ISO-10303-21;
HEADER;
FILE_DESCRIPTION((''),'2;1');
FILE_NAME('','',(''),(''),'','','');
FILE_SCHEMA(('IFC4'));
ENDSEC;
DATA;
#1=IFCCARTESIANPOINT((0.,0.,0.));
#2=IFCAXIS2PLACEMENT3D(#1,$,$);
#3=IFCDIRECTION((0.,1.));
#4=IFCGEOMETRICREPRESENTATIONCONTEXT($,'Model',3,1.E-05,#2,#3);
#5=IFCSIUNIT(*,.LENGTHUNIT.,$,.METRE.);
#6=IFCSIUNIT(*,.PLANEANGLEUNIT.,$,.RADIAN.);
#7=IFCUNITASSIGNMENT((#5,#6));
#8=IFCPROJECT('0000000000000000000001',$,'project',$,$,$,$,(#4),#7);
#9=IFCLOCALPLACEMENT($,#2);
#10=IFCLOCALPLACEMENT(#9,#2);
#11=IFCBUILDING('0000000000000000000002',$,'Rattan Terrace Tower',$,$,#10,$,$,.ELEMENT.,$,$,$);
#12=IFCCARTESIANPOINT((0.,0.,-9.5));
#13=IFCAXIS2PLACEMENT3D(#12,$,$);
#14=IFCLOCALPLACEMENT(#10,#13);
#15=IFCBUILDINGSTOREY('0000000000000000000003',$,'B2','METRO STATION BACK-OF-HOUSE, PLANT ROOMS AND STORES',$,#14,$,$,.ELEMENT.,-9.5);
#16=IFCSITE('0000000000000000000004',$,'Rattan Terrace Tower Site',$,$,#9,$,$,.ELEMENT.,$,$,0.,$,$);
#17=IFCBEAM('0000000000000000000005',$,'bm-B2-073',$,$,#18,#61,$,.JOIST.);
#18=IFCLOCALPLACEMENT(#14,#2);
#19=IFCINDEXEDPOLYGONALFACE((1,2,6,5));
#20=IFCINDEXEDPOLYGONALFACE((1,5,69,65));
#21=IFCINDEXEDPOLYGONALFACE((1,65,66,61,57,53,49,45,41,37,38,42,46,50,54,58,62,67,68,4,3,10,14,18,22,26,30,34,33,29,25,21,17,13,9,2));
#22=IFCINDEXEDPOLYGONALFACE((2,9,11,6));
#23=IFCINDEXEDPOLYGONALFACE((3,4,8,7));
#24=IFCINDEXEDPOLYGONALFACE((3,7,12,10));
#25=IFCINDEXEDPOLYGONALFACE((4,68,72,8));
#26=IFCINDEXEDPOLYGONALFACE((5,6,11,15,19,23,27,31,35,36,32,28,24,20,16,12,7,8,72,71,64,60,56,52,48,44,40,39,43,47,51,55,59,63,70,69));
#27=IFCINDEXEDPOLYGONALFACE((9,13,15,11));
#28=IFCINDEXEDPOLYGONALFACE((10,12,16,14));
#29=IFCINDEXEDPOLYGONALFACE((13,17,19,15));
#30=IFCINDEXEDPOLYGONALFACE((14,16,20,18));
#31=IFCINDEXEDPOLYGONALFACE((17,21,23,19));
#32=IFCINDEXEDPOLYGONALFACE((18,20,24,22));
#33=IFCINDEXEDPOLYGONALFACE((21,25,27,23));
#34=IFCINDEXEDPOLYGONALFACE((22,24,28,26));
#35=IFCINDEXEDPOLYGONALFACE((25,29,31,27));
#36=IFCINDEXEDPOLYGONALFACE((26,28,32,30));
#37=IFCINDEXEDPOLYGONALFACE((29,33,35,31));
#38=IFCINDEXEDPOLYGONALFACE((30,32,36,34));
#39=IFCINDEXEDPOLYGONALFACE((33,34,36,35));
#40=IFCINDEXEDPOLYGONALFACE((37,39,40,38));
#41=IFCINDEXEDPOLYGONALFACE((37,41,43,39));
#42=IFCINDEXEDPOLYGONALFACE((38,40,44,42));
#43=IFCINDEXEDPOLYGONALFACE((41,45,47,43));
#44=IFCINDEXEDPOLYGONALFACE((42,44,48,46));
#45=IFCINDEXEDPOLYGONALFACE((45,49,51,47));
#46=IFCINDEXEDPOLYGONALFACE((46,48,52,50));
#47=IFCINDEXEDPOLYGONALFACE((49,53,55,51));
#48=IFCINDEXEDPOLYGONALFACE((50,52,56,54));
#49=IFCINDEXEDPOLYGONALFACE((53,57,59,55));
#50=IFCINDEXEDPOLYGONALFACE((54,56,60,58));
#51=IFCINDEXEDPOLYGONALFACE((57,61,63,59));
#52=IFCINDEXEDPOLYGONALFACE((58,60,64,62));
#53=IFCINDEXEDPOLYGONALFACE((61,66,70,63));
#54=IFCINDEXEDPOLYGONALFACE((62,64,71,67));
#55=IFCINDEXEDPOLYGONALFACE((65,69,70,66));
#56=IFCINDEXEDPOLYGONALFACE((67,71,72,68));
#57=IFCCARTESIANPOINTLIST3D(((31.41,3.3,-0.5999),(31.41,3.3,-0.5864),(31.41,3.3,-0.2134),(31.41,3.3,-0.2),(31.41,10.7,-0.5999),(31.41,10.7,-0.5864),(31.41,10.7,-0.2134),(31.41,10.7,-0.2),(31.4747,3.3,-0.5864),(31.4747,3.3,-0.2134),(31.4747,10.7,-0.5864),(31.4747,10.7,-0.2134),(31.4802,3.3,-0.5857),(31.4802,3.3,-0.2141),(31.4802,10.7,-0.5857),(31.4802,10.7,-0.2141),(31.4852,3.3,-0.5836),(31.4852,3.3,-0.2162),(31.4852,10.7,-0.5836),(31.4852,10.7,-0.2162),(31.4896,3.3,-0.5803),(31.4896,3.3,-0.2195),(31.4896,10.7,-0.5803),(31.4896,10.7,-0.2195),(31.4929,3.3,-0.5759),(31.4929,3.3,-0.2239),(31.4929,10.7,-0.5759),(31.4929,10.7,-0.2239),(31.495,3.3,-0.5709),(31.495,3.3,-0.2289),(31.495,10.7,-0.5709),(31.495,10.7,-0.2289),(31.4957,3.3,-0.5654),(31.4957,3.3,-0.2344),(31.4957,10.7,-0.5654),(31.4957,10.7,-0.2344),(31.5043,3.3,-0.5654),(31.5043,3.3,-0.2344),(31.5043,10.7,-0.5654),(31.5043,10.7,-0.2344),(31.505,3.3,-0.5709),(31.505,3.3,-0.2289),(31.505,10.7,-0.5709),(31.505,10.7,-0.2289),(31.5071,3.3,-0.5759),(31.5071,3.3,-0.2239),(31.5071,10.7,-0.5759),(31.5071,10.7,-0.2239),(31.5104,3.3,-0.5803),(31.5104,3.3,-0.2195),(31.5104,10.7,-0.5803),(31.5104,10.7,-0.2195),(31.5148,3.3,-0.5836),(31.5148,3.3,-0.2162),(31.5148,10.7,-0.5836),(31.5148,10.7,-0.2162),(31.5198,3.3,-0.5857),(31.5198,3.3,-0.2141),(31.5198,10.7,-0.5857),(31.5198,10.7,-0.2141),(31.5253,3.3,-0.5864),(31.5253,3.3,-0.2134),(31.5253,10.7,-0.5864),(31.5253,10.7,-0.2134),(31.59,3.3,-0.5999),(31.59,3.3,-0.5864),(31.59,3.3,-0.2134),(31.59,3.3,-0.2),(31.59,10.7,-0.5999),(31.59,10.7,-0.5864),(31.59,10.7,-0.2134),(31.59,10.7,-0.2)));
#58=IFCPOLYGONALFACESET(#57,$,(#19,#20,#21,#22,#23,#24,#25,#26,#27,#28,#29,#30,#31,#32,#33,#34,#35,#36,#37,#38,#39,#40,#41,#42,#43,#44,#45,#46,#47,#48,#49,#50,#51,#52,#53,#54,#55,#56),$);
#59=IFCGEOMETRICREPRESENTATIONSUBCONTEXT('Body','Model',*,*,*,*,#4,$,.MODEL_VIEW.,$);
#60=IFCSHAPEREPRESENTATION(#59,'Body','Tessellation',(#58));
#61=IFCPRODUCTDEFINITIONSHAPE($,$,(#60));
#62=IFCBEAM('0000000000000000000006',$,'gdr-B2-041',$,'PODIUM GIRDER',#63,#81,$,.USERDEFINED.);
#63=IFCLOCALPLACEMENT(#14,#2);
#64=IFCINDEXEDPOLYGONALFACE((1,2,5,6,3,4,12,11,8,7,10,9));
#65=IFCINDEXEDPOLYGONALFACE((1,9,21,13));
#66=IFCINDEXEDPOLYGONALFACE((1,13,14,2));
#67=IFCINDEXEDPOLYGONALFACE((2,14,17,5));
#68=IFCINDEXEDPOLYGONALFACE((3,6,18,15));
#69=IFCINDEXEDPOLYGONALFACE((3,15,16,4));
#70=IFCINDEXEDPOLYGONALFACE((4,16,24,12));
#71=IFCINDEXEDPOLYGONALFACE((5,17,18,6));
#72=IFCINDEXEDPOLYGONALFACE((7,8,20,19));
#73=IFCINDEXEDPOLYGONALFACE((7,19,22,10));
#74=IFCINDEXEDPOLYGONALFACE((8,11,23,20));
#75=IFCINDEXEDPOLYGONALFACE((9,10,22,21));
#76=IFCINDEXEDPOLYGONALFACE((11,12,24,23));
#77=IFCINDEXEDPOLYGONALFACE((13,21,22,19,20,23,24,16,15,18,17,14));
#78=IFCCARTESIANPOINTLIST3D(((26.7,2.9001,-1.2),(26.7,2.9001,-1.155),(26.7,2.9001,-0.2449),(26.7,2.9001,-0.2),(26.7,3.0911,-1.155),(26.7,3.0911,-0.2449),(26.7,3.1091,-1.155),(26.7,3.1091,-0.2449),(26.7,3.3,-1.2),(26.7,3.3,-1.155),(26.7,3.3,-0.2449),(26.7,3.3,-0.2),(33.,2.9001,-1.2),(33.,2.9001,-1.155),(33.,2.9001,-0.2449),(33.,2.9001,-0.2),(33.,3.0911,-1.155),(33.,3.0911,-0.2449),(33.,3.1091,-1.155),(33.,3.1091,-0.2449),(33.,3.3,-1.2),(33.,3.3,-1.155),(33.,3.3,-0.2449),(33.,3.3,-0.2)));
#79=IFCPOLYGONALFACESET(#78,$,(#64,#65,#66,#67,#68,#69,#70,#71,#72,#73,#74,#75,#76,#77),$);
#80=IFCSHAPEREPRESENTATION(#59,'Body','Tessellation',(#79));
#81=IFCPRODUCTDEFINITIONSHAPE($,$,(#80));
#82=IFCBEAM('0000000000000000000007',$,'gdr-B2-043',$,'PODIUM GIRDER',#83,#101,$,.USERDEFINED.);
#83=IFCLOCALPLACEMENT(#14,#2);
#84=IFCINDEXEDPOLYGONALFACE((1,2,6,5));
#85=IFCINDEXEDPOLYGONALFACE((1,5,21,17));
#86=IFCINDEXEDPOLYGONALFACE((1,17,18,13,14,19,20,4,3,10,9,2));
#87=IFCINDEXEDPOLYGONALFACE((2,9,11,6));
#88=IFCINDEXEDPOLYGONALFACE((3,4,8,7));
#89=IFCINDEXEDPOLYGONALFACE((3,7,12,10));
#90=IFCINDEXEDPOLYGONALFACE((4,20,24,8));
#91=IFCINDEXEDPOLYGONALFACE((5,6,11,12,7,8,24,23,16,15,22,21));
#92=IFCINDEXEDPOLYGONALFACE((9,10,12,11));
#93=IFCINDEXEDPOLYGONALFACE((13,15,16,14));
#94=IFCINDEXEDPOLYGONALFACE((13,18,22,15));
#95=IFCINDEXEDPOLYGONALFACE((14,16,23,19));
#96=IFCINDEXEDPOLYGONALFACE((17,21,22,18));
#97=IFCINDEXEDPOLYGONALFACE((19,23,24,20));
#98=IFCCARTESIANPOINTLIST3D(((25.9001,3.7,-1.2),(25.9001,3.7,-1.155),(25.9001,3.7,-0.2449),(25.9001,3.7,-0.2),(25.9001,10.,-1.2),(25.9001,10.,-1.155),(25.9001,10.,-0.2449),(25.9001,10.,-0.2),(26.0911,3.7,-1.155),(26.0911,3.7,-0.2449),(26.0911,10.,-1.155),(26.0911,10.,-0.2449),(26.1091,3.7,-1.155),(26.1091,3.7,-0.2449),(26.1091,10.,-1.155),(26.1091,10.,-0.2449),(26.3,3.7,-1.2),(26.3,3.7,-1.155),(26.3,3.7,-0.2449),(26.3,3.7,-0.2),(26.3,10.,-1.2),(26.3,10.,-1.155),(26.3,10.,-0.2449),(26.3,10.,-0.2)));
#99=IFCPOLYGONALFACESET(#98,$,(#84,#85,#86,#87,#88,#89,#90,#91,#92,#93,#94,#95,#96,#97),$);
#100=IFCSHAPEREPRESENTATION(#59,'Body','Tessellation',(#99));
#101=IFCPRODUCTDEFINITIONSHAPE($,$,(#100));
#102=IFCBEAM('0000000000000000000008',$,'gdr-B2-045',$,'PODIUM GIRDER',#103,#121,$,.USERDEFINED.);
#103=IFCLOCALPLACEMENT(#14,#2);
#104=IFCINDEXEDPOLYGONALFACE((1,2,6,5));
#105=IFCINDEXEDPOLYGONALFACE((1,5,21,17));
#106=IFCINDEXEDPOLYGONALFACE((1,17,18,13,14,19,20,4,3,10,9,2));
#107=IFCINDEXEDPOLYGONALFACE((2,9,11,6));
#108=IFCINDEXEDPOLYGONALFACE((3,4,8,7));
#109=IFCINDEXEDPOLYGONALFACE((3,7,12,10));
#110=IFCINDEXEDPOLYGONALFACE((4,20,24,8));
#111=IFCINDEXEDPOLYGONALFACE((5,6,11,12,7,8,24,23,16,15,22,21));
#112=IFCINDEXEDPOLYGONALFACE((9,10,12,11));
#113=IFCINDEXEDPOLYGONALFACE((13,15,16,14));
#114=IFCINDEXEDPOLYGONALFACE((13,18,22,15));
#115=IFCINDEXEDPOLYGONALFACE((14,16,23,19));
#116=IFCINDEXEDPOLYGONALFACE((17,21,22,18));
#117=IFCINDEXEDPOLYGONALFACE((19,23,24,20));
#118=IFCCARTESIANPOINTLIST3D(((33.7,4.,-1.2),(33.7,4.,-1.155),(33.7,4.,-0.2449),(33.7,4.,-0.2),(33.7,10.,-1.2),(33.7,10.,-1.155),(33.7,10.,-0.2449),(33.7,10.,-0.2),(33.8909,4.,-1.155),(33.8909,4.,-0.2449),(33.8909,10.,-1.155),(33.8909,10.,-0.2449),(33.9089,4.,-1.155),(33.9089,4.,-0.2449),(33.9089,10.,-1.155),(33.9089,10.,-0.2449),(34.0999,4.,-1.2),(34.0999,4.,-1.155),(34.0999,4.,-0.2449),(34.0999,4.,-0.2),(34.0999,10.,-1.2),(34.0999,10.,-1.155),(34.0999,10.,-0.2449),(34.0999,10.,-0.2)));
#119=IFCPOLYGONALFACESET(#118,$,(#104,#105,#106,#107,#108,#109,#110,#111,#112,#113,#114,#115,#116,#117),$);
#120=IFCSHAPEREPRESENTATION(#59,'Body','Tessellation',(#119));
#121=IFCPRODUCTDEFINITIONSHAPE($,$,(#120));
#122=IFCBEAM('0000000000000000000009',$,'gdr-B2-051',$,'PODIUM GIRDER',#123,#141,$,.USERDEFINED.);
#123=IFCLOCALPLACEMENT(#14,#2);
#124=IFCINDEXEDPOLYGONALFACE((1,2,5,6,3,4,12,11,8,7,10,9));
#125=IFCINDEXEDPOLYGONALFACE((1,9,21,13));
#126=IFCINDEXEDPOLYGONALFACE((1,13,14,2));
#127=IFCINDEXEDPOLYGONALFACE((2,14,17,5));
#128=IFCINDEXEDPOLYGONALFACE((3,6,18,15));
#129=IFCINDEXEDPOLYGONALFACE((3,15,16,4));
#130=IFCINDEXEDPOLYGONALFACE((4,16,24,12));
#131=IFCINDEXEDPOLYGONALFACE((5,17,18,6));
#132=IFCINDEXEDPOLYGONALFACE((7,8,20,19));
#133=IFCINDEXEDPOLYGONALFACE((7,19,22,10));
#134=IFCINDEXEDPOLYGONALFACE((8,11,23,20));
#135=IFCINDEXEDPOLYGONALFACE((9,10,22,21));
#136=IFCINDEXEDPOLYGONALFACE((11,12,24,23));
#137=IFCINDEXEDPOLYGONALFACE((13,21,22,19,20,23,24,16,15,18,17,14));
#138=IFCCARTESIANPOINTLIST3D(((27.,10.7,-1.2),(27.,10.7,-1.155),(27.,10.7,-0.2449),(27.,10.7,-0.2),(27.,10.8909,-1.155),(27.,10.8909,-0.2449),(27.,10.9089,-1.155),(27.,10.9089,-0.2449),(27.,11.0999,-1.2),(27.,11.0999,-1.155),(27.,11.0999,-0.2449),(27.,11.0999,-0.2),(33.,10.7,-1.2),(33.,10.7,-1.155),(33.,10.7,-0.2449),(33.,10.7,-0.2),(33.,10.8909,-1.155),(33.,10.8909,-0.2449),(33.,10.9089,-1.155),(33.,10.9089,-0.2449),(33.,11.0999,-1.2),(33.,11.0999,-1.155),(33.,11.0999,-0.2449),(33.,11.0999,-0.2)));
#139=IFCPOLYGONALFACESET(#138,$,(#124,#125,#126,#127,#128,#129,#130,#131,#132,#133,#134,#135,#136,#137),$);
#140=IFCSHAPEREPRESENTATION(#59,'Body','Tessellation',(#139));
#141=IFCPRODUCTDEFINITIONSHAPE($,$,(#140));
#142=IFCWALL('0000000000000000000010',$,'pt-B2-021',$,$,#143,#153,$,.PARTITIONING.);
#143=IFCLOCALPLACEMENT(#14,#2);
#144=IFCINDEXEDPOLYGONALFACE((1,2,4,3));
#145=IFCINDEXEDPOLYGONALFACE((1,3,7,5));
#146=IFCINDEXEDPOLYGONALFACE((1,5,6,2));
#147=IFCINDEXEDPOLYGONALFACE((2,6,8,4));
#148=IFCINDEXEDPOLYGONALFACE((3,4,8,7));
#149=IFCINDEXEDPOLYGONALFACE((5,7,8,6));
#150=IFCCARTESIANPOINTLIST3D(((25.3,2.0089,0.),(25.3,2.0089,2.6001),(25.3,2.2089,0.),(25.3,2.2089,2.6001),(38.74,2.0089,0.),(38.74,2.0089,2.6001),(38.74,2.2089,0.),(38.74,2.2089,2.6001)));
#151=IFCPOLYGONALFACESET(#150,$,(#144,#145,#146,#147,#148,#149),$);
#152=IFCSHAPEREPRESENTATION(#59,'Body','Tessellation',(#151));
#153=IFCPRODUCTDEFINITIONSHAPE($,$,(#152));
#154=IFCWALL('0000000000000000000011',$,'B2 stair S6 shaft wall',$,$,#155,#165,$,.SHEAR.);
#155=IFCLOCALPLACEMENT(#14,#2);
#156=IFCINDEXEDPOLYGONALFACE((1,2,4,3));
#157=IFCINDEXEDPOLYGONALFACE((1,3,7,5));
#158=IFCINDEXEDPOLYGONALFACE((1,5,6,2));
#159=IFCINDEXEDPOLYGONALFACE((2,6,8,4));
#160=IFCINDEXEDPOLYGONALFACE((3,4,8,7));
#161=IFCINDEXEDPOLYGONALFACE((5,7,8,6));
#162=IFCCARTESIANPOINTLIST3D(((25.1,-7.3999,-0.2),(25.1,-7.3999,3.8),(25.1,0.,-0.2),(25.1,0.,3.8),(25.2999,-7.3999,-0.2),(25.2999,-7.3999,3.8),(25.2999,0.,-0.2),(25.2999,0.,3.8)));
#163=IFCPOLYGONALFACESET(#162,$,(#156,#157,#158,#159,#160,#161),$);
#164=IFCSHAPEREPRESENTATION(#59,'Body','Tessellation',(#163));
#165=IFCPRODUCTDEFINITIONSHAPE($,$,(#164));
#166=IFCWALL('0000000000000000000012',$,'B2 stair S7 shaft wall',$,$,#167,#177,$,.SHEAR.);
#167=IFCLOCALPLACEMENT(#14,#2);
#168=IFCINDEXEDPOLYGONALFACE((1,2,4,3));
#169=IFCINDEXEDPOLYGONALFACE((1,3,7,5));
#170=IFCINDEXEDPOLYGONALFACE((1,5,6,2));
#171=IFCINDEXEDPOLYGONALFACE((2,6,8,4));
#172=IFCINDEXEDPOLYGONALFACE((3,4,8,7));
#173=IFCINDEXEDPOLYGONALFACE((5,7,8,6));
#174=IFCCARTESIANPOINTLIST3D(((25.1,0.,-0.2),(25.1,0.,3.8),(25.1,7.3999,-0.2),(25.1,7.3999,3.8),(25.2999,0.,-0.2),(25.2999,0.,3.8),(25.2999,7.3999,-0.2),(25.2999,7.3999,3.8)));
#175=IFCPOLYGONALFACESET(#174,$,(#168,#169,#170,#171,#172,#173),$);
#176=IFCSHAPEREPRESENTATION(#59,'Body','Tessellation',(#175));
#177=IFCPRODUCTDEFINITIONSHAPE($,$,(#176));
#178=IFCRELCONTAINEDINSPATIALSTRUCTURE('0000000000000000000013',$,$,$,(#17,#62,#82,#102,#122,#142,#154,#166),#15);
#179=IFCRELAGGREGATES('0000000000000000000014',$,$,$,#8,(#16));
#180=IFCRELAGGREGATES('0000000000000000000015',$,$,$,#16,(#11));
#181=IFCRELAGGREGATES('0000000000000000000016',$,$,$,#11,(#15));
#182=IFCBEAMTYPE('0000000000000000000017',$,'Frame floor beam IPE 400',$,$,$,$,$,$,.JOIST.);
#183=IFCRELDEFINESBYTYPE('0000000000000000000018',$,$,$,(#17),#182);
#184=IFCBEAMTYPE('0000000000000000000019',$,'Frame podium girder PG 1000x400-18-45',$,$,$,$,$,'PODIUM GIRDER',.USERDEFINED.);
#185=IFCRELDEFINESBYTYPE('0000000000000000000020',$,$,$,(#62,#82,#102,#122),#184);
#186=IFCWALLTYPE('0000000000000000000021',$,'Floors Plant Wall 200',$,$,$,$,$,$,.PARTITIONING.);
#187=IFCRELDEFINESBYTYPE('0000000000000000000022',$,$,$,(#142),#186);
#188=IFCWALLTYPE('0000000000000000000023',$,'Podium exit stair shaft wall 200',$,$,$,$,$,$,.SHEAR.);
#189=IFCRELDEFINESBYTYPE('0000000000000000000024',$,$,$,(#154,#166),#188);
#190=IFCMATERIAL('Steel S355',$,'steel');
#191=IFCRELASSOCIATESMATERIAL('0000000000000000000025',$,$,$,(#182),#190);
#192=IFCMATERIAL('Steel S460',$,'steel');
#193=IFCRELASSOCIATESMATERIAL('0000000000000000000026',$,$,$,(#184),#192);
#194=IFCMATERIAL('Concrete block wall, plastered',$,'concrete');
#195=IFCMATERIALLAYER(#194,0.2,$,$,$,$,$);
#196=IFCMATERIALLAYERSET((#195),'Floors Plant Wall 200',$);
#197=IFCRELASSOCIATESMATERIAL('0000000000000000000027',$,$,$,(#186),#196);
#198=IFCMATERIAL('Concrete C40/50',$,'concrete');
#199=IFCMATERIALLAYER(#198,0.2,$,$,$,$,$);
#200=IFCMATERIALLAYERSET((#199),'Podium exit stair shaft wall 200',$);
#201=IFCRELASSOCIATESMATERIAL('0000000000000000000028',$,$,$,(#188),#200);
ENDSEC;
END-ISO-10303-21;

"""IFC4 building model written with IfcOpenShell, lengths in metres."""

from ifc_helpers import new_model, si_unit, direction, frame, frame_2d, origin, origin_2d, place, context, subcontext, project, spatial, rectangle, i_section, extrude, material, layer, layer_set, material_profile, profile_set, type_object, element, save


model = new_model("IFC4")

# Units and contexts
model_context = context("Model", 3, precision=1e-05, world=origin(), true_north=direction((0.0, 1.0)))
body_context = subcontext(model_context, "Body", "Model", "MODEL_VIEW")
ifc_project = project(units=[si_unit("LENGTHUNIT", "METRE"), si_unit("PLANEANGLEUNIT", "RADIAN")], contexts=[model_context])

# Site, building, storey
site_placement = place(None, origin())
site = spatial("IfcSite", under=ifc_project, at=site_placement, Name="Rattan Terrace Tower Site", CompositionType="ELEMENT", RefElevation=0.0)
building_placement = place(site_placement, origin())
building = spatial("IfcBuilding", under=site, at=building_placement, Name="Rattan Terrace Tower", CompositionType="ELEMENT")
storey_placement = place(building_placement, frame((0.0, 0.0, -9.5)))
storey = spatial("IfcBuildingStorey", under=building, at=storey_placement, Name="B2", Description="METRO STATION BACK-OF-HOUSE, PLANT ROOMS AND STORES", CompositionType="ELEMENT", Elevation=-9.5)

# Beams
ifc_material_1 = material(Name="Steel S355", Category="steel")
ifc_material_profile_1 = material_profile(ifc_material_1, i_section(OverallWidth=0.1799, OverallDepth=0.3999, WebThickness=0.0085, FlangeThickness=0.0134, FilletRadius=0.021, at=origin_2d()), Name="IPE 400")
ifc_profile_set_1 = profile_set([ifc_material_profile_1], Name="Steel S355")
beam_type_1 = type_object("IfcBeamType", Name="Frame floor beam IPE 400", PredefinedType="JOIST", material=ifc_profile_set_1)
beam_1_placement = place(storey_placement, frame((31.5, 3.3, -0.3999), z_axis=(0.0, 1.0, 0.0), x_axis=(-1.0, 0.0, 0.0)))
element("IfcBeam", 1, at=beam_1_placement, inside=storey, type_object=beam_type_1, Name="bm-B2-073", PredefinedType="JOIST", context=body_context, shape_type="SweptSolid", body=[
    extrude(i_section(OverallWidth=0.1799, OverallDepth=0.3999, WebThickness=0.0085, FlangeThickness=0.0134, FilletRadius=0.021, at=origin_2d()), origin(), (0.0, 0.0, 1.0), 7.3999),
])
ifc_material_2 = material(Name="Steel S460", Category="steel")
ifc_material_profile_2 = material_profile(ifc_material_2, i_section(OverallWidth=0.3999, OverallDepth=1.0, WebThickness=0.0181, FlangeThickness=0.0449, at=origin_2d()), Name="PG 1000x400-18-45")
ifc_profile_set_2 = profile_set([ifc_material_profile_2], Name="Steel S460")
beam_type_2 = type_object("IfcBeamType", Name="Frame podium girder PG 1000x400-18-45", ElementType="PODIUM GIRDER", PredefinedType="USERDEFINED", material=ifc_profile_set_2)
for number, where, z_axis, x_axis, name in (
    (2, (26.7, 3.1001, -0.7), (1.0, 0.0, 0.0), (0.0, 1.0, 0.0), "gdr-B2-041"),
    (3, (26.1001, 3.7, -0.7), (0.0, 1.0, 0.0), (-1.0, 0.0, 0.0), "gdr-B2-043"),
):
    element("IfcBeam", number, at=place(storey_placement, frame(where, z_axis=z_axis, x_axis=x_axis)), inside=storey, type_object=beam_type_2, Name=name, ObjectType="PODIUM GIRDER", PredefinedType="USERDEFINED", context=body_context, shape_type="SweptSolid", body=[
        extrude(i_section(OverallWidth=0.3999, OverallDepth=1.0, WebThickness=0.0181, FlangeThickness=0.0449, at=origin_2d()), origin(), (0.0, 0.0, 1.0), 6.3),
    ])
for number, where, z_axis, x_axis, name in (
    (4, (33.8999, 4.0, -0.7), (0.0, 1.0, 0.0), (-1.0, 0.0, 0.0), "gdr-B2-045"),
    (5, (27.0, 10.8999, -0.7), (1.0, 0.0, 0.0), (0.0, 1.0, 0.0), "gdr-B2-051"),
):
    element("IfcBeam", number, at=place(storey_placement, frame(where, z_axis=z_axis, x_axis=x_axis)), inside=storey, type_object=beam_type_2, Name=name, ObjectType="PODIUM GIRDER", PredefinedType="USERDEFINED", context=body_context, shape_type="SweptSolid", body=[
        extrude(i_section(OverallWidth=0.3999, OverallDepth=1.0, WebThickness=0.0181, FlangeThickness=0.0449, at=origin_2d()), origin(), (0.0, 0.0, 1.0), 6.0),
    ])

# Walls
ifc_material_3 = material(Name="Concrete block wall, plastered", Category="concrete")
ifc_layer_1 = layer(ifc_material_3, 0.2)
ifc_layer_set_1 = layer_set([ifc_layer_1], Name="Floors Plant Wall 200")
wall_type_1 = type_object("IfcWallType", Name="Floors Plant Wall 200", PredefinedType="PARTITIONING", material=ifc_layer_set_1)
wall_placement = place(storey_placement, frame((25.3, 2.1089, 0.0), z_axis=(0.0, 0.0, 1.0), x_axis=(1.0, 0.0, 0.0)))
element("IfcWall", 6, at=wall_placement, inside=storey, type_object=wall_type_1, Name="pt-B2-021", PredefinedType="PARTITIONING", context=body_context, shape_type="SweptSolid", body=[
    extrude(rectangle(XDim=13.4399, YDim=0.2, at=frame_2d((6.72, 0.0))), origin(), (0.0, 0.0, 1.0), 2.6001),
])
ifc_material_4 = material(Name="Concrete C40/50", Category="concrete")
ifc_layer_2 = layer(ifc_material_4, 0.2)
ifc_layer_set_2 = layer_set([ifc_layer_2], Name="Podium exit stair shaft wall 200")
wall_type_2 = type_object("IfcWallType", Name="Podium exit stair shaft wall 200", PredefinedType="SHEAR", material=ifc_layer_set_2)
for number, where, z_axis, x_axis, name in (
    (7, (25.2, -7.3999, -0.2), (0.0, 0.0, 1.0), (0.0, 1.0, 0.0), "B2 stair S6 shaft wall"),
    (8, (25.2, 0.0, -0.2), (0.0, 0.0, 1.0), (0.0, 1.0, 0.0), "B2 stair S7 shaft wall"),
):
    element("IfcWall", number, at=place(storey_placement, frame(where, z_axis=z_axis, x_axis=x_axis)), inside=storey, type_object=wall_type_2, Name=name, PredefinedType="SHEAR", context=body_context, shape_type="SweptSolid", body=[
        extrude(rectangle(XDim=7.3999, YDim=0.2, at=frame_2d((3.7, 0.0))), origin(), (0.0, 0.0, 1.0), 4.0),
    ])

save(model, "model.ifc")
